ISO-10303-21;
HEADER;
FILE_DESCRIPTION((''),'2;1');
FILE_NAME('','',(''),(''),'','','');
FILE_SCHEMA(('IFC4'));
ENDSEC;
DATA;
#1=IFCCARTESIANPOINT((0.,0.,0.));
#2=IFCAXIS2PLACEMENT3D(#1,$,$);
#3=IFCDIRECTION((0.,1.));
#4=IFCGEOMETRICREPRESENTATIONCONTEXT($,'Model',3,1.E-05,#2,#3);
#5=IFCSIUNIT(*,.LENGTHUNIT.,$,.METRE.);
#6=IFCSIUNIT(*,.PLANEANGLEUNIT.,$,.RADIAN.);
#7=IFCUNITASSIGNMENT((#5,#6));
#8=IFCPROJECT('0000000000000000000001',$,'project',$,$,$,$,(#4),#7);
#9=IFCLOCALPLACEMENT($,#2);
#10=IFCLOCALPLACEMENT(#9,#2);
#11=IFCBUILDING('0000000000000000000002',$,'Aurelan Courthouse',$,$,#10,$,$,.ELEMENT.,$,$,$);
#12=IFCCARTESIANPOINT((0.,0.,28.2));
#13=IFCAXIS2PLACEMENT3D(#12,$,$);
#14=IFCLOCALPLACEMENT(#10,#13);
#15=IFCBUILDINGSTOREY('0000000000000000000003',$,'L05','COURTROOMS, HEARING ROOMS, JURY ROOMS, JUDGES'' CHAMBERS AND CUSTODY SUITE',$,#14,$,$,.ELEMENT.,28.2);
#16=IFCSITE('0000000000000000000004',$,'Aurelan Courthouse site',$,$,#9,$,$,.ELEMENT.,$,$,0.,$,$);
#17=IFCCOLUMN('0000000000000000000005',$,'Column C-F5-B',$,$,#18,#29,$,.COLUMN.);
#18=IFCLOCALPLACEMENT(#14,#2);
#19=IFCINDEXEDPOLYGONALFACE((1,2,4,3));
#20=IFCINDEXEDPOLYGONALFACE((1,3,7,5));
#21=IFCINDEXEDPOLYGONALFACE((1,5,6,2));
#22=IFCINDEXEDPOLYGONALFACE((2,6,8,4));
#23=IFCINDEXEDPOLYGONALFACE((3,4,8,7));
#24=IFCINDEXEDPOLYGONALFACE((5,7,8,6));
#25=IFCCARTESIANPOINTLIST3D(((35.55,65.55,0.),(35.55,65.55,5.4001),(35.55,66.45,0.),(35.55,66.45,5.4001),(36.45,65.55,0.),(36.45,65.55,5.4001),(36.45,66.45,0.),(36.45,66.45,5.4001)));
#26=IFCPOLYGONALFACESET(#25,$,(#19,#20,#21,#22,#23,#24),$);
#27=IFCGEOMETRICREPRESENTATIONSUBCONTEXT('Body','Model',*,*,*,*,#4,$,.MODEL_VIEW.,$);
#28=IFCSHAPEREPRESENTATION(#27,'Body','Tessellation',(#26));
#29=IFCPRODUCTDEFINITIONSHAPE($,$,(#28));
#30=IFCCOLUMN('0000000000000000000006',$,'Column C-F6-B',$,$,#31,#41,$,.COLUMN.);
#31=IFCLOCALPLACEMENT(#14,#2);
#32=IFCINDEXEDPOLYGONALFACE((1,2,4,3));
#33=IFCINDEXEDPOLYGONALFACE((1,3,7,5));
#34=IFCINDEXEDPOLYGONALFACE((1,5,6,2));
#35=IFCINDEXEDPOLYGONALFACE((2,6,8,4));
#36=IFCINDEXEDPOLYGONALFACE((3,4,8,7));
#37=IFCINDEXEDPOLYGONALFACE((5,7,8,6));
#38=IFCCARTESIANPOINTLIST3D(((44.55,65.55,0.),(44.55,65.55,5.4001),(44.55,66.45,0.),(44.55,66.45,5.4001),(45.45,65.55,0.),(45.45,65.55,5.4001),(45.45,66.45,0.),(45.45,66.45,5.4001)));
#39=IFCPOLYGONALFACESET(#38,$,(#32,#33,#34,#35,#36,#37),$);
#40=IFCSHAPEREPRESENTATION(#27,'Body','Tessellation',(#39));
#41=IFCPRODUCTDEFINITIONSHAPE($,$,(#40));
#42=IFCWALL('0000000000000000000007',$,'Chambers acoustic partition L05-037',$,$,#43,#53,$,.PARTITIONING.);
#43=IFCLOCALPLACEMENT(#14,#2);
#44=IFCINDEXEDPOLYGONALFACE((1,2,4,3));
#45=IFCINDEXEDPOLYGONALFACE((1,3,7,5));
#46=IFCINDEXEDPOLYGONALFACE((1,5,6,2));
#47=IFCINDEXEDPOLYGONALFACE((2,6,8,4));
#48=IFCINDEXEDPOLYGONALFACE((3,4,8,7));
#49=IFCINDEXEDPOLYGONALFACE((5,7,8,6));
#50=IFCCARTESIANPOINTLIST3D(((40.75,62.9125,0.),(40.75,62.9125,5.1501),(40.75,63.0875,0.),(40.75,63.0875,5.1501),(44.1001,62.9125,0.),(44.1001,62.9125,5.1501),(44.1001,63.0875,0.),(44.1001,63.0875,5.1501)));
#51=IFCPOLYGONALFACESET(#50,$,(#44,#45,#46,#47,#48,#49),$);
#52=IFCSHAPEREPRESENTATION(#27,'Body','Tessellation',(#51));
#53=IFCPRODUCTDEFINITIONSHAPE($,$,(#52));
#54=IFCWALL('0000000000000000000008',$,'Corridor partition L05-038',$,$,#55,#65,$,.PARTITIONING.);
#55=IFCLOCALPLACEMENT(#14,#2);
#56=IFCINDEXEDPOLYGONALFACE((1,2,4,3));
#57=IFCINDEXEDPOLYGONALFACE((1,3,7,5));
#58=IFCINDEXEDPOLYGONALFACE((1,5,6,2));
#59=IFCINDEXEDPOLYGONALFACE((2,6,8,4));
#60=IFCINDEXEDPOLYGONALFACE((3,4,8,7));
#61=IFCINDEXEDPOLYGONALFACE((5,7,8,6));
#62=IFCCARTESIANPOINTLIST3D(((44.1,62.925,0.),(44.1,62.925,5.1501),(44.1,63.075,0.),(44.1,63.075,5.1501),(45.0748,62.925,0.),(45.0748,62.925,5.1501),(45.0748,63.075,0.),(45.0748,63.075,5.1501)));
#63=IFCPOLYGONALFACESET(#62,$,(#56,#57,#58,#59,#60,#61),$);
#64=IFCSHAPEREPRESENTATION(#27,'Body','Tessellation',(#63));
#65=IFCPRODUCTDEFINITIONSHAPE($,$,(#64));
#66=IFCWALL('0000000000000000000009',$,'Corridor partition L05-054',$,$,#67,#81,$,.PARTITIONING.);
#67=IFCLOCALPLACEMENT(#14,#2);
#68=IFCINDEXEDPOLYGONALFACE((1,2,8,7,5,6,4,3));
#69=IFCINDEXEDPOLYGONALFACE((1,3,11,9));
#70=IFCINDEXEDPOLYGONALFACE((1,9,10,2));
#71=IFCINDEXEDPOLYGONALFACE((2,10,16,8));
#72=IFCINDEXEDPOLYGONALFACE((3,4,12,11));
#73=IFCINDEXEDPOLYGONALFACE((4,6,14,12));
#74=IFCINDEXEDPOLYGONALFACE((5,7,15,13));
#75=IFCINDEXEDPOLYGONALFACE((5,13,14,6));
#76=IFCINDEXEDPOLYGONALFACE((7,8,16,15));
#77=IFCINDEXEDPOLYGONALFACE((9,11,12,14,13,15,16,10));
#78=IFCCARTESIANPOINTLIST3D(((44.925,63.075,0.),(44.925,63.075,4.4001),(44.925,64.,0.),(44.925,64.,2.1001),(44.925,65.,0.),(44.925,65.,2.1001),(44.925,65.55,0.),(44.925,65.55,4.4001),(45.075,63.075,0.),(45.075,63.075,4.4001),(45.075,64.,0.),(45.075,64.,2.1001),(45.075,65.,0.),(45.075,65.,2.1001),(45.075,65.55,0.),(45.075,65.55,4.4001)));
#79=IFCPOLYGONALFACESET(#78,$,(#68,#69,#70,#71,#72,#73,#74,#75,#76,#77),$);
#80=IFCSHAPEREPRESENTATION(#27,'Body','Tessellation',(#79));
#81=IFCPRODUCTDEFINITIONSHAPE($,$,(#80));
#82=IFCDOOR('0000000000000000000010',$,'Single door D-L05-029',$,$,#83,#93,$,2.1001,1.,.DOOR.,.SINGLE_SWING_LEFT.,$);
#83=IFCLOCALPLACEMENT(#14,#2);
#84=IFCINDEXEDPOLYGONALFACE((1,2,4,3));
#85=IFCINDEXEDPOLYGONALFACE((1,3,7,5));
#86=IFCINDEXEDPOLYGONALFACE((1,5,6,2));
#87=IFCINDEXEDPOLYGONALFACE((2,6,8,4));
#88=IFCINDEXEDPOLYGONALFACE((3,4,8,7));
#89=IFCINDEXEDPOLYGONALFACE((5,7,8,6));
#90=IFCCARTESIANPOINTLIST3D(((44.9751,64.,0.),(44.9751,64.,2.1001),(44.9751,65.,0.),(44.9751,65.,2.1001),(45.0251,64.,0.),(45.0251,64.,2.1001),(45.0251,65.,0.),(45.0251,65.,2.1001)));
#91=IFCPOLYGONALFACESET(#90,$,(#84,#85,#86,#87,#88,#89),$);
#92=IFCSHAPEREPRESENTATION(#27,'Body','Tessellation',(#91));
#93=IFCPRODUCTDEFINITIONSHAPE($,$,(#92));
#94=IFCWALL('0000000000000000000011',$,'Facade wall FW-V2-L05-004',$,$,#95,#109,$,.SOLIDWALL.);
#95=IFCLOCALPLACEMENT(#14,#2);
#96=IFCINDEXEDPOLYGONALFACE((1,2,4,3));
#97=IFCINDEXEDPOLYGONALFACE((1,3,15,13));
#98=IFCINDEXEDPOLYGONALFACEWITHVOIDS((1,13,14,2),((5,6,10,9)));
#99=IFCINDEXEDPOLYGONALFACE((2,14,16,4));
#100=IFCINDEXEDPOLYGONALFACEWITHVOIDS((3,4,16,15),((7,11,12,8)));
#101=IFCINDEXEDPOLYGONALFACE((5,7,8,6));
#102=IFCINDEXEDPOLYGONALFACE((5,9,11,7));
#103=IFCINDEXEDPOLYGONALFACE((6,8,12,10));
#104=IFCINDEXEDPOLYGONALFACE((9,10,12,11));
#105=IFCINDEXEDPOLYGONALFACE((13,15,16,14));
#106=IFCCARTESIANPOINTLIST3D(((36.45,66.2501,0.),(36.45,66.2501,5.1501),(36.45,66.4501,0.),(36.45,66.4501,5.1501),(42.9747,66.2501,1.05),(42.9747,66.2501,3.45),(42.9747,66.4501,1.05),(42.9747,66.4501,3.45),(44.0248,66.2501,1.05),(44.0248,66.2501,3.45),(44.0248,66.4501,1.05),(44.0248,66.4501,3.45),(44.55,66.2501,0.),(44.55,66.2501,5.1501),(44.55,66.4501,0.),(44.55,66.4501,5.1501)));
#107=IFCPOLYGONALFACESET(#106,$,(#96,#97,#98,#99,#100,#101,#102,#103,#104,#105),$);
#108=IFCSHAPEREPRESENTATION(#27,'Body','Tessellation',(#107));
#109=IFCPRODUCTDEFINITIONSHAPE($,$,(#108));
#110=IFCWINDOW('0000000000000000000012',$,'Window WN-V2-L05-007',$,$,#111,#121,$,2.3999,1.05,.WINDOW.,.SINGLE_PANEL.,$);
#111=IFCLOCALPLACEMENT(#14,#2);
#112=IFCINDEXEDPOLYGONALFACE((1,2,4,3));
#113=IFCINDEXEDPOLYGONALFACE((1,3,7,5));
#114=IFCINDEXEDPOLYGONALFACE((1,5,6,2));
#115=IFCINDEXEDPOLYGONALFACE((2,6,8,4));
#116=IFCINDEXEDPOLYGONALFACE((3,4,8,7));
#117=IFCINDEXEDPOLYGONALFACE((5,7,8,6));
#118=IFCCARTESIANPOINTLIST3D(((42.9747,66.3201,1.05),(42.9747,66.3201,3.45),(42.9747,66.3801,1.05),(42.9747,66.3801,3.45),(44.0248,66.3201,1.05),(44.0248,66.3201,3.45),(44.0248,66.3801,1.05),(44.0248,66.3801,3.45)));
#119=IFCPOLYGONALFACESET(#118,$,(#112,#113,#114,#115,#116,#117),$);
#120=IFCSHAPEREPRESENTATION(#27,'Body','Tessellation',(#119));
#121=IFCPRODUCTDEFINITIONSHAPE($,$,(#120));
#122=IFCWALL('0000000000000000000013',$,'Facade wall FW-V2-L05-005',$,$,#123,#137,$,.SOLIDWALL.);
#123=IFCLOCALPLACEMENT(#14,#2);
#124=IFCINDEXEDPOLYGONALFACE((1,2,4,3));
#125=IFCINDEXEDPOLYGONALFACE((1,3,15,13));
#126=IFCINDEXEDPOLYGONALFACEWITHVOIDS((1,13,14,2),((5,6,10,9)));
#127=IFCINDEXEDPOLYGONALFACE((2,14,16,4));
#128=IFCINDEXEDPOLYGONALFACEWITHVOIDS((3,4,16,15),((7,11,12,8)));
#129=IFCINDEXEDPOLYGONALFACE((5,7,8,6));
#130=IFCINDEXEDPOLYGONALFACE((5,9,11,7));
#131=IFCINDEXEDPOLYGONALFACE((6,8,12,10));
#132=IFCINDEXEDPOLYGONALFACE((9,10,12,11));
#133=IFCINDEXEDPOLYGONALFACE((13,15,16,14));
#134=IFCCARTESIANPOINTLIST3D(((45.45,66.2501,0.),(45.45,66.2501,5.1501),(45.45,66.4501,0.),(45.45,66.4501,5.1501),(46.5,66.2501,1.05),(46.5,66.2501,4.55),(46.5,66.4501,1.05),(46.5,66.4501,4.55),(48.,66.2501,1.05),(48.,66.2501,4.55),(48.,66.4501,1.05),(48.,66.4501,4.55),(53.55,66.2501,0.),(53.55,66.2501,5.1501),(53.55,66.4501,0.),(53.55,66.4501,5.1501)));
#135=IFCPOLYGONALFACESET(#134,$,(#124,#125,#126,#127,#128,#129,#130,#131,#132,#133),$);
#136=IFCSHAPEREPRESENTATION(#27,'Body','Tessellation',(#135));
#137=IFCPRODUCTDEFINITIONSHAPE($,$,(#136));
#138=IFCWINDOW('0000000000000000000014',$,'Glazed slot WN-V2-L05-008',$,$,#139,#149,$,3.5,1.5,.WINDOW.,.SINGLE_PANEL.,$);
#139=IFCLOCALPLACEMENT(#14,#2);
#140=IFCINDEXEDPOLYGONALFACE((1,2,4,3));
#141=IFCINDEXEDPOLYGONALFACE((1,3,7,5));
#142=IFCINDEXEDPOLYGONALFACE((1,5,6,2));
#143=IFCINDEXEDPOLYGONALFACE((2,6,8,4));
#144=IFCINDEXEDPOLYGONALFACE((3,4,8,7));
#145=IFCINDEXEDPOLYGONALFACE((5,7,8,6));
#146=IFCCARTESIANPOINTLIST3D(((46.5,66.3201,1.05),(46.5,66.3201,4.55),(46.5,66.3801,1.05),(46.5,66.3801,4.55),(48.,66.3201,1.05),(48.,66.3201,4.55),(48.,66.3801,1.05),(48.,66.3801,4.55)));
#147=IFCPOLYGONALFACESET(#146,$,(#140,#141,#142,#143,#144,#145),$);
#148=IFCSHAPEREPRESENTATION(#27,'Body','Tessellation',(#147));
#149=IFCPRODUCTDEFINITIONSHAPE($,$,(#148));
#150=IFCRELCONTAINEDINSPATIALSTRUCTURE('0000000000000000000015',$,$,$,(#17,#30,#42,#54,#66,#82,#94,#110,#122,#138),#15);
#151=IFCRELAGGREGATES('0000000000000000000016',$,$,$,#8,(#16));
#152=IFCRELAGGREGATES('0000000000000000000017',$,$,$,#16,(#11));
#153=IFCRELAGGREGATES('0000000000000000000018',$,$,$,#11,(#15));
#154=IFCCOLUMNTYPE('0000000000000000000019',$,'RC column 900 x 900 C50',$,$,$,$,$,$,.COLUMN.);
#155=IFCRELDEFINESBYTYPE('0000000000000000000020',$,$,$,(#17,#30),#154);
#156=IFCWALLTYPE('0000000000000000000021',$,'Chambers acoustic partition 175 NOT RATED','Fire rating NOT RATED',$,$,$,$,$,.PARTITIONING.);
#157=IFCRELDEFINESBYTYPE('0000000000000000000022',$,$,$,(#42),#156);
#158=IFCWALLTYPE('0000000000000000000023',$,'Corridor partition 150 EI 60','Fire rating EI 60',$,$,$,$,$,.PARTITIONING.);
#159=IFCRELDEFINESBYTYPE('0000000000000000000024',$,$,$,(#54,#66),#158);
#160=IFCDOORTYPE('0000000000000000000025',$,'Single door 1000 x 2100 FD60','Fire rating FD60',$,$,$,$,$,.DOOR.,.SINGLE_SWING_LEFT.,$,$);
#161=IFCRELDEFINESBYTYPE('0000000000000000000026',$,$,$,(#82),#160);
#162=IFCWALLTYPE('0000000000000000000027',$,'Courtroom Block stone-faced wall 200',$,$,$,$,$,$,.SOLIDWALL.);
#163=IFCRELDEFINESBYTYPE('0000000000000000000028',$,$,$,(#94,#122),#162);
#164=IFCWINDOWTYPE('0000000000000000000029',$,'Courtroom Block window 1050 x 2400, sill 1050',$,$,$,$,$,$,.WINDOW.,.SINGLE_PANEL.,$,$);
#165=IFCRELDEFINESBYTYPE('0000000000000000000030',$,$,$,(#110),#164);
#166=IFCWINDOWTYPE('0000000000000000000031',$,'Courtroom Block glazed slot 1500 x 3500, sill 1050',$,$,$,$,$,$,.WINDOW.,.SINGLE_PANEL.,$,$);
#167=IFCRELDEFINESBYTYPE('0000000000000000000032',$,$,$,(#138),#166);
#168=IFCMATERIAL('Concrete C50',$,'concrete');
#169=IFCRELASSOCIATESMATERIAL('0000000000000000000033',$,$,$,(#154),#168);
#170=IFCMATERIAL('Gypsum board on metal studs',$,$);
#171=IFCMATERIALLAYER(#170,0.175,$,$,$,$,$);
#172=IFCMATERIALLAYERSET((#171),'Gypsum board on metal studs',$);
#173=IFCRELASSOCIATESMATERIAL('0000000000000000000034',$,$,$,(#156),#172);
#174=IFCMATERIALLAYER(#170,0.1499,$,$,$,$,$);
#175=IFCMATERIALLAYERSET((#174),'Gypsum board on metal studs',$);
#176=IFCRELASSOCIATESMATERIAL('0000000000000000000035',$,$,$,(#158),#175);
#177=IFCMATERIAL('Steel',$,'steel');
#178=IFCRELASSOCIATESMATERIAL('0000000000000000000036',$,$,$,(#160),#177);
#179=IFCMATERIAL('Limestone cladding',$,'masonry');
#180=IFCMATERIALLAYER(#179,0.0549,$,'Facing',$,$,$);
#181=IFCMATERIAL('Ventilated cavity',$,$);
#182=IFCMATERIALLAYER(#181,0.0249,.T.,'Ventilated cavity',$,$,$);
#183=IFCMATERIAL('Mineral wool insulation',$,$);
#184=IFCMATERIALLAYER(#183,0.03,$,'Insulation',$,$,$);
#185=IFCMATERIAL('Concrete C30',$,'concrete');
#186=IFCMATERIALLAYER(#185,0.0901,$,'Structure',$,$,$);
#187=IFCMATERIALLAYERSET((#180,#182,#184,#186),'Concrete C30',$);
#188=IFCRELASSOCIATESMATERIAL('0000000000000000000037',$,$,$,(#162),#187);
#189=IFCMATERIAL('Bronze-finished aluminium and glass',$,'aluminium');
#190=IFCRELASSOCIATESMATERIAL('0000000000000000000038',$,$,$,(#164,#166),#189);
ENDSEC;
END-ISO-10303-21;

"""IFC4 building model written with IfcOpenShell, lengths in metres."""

from ifc_helpers import new_model, si_unit, direction, frame, frame_2d, origin, origin_2d, place, context, subcontext, project, spatial, rectangle, extrude, material, layer, layer_set, material_profile, profile_set, type_object, element, fill, save


model = new_model("IFC4")

# Units and contexts
model_context = context("Model", 3, precision=1e-05, world=origin(), true_north=direction((0.0, 1.0)))
body_context = subcontext(model_context, "Body", "Model", "MODEL_VIEW")
ifc_project = project(units=[si_unit("LENGTHUNIT", "METRE"), si_unit("PLANEANGLEUNIT", "RADIAN")], contexts=[model_context])

# Site, building, storey
site_placement = place(None, origin())
site = spatial("IfcSite", under=ifc_project, at=site_placement, Name="Aurelan Courthouse site", CompositionType="ELEMENT", RefElevation=0.0)
building_placement = place(site_placement, origin())
building = spatial("IfcBuilding", under=site, at=building_placement, Name="Aurelan Courthouse", CompositionType="ELEMENT")
storey_placement = place(building_placement, frame((0.0, 0.0, 28.2)))
storey = spatial("IfcBuildingStorey", under=building, at=storey_placement, Name="L05", Description="COURTROOMS, HEARING ROOMS, JURY ROOMS, JUDGES' CHAMBERS AND CUSTODY SUITE", CompositionType="ELEMENT", Elevation=28.2)

# Columns
ifc_material_1 = material(Name="Concrete C50", Category="concrete")
ifc_material_profile = material_profile(ifc_material_1, rectangle(XDim=0.8999, YDim=0.8999, at=origin_2d()), Name="RC 900 x 900")
ifc_profile_set = profile_set([ifc_material_profile], Name="Concrete C50")
column_type = type_object("IfcColumnType", Name="RC column 900 x 900 C50", PredefinedType="COLUMN", material=ifc_profile_set)
for number, where, z_axis, x_axis, name in (
    (1, (36.0, 66.0, 0.0), (0.0, 0.0, 1.0), (1.0, 0.0, 0.0), "Column C-F5-B"),
    (2, (45.0, 66.0, 0.0), (0.0, 0.0, 1.0), (1.0, 0.0, 0.0), "Column C-F6-B"),
):
    element("IfcColumn", number, at=place(storey_placement, frame(where, z_axis=z_axis, x_axis=x_axis)), inside=storey, type_object=column_type, Name=name, PredefinedType="COLUMN", context=body_context, shape_type="SweptSolid", body=[
        extrude(rectangle(XDim=0.8999, YDim=0.8999, at=origin_2d()), origin(), (0.0, 0.0, 1.0), 5.4001),
    ])

# Walls
ifc_material_2 = material(Name="Gypsum board on metal studs")
ifc_layer_1 = layer(ifc_material_2, 0.175)
ifc_layer_set_1 = layer_set([ifc_layer_1], Name="Gypsum board on metal studs")
wall_type_1 = type_object("IfcWallType", Name="Chambers acoustic partition 175 NOT RATED", Description="Fire rating NOT RATED", PredefinedType="PARTITIONING", material=ifc_layer_set_1)
wall_1_placement = place(storey_placement, frame((40.75, 63.0, 0.0), z_axis=(0.0, 0.0, 1.0), x_axis=(1.0, 0.0, 0.0)))
element("IfcWall", 3, at=wall_1_placement, inside=storey, type_object=wall_type_1, Name="Chambers acoustic partition L05-037", PredefinedType="PARTITIONING", context=body_context, shape_type="SweptSolid", body=[
    extrude(rectangle(XDim=3.3501, YDim=0.175, at=frame_2d((1.675, 0.0))), origin(), (0.0, 0.0, 1.0), 5.1501),
])
ifc_layer_2 = layer(ifc_material_2, 0.1499)
ifc_layer_set_2 = layer_set([ifc_layer_2], Name="Gypsum board on metal studs")
wall_type_2 = type_object("IfcWallType", Name="Corridor partition 150 EI 60", Description="Fire rating EI 60", PredefinedType="PARTITIONING", material=ifc_layer_set_2)
wall_2_placement = place(storey_placement, frame((44.1001, 63.0, 0.0), z_axis=(0.0, 0.0, 1.0), x_axis=(1.0, 0.0, 0.0)))
element("IfcWall", 4, at=wall_2_placement, inside=storey, type_object=wall_type_2, Name="Corridor partition L05-038", PredefinedType="PARTITIONING", context=body_context, shape_type="SweptSolid", body=[
    extrude(rectangle(XDim=0.9749, YDim=0.1499, at=frame_2d((0.4873, 0.0))), origin(), (0.0, 0.0, 1.0), 5.1501),
])

# Wall, opening, door
wall_3_placement = place(storey_placement, frame((45.0, 63.075, 0.0), z_axis=(0.0, 0.0, 1.0), x_axis=(0.0, 1.0, 0.0)))
wall_3 = element("IfcWall", 5, at=wall_3_placement, inside=storey, type_object=wall_type_2, Name="Corridor partition L05-054", PredefinedType="PARTITIONING", context=body_context, shape_type="SweptSolid", body=[
    extrude(rectangle(XDim=2.4751, YDim=0.1499, at=frame_2d((1.2375, 0.0))), origin(), (0.0, 0.0, 1.0), 4.4001),
])
opening_1_placement = place(wall_3_placement, frame((0.925, 0.0, 0.0)))
opening_1 = element("IfcOpeningElement", 6, at=opening_1_placement, cuts=wall_3, PredefinedType="OPENING", context=body_context, shape_type="SweptSolid", body=[
    extrude(rectangle(XDim=1.0, YDim=2.1001, at=frame_2d((0.5, 1.05))), frame((0.0, 0.085, 0.0), z_axis=(0.0, -1.0, 0.0), x_axis=(1.0, 0.0, 0.0)), (0.0, 0.0, 1.0), 0.1699),
])
ifc_material_3 = material(Name="Steel", Category="steel")
door_type_1 = type_object("IfcDoorType", Name="Single door 1000 x 2100 FD60", Description="Fire rating FD60", OperationType="SINGLE_SWING_LEFT", PredefinedType="DOOR", material=ifc_material_3)
door_1_placement = place(opening_1_placement, origin())
door_1 = element("IfcDoor", 7, at=door_1_placement, inside=storey, type_object=door_type_1, Name="Single door D-L05-029", OperationType="SINGLE_SWING_LEFT", OverallHeight=2.1001, OverallWidth=1.0, PredefinedType="DOOR", context=body_context, shape_type="SweptSolid", body=[
    extrude(rectangle(XDim=1.0, YDim=2.1001, at=frame_2d((0.5, 1.05))), frame((0.0, 0.0249, 0.0), z_axis=(0.0, -1.0, 0.0), x_axis=(1.0, 0.0, 0.0)), (0.0, 0.0, 1.0), 0.05),
])
fill(opening_1, door_1)

# Walls, openings, windows
ifc_material_4 = material(Name="Limestone cladding", Category="masonry")
ifc_layer_3 = layer(ifc_material_4, 0.0549, Name="Facing")
ifc_material_5 = material(Name="Ventilated cavity")
ifc_layer_4 = layer(ifc_material_5, 0.0249, ventilated=True, Name="Ventilated cavity")
ifc_material_6 = material(Name="Mineral wool insulation")
ifc_layer_5 = layer(ifc_material_6, 0.03, Name="Insulation")
ifc_material_7 = material(Name="Concrete C30", Category="concrete")
ifc_layer_6 = layer(ifc_material_7, 0.0901, Name="Structure")
ifc_layer_set_3 = layer_set([ifc_layer_3, ifc_layer_4, ifc_layer_5, ifc_layer_6], Name="Concrete C30")
wall_type_3 = type_object("IfcWallType", Name="Courtroom Block stone-faced wall 200", PredefinedType="SOLIDWALL", material=ifc_layer_set_3)
wall_4_placement = place(storey_placement, frame((36.45, 66.3501, 0.0), z_axis=(0.0, 0.0, 1.0), x_axis=(1.0, 0.0, 0.0)))
wall_4 = element("IfcWall", 8, at=wall_4_placement, inside=storey, type_object=wall_type_3, Name="Facade wall FW-V2-L05-004", PredefinedType="SOLIDWALL", context=body_context, shape_type="SweptSolid", body=[
    extrude(rectangle(XDim=8.1001, YDim=0.2, at=frame_2d((4.05, 0.0))), origin(), (0.0, 0.0, 1.0), 5.1501),
])
opening_2_placement = place(wall_4_placement, frame((6.5249, 0.0, 1.05)))
opening_2 = element("IfcOpeningElement", 9, at=opening_2_placement, cuts=wall_4, PredefinedType="OPENING", context=body_context, shape_type="SweptSolid", body=[
    extrude(rectangle(XDim=1.05, YDim=2.3999, at=frame_2d((0.5249, 1.2))), frame((0.0, 0.1099, 0.0), z_axis=(0.0, -1.0, 0.0), x_axis=(1.0, 0.0, 0.0)), (0.0, 0.0, 1.0), 0.22),
])
ifc_material_8 = material(Name="Bronze-finished aluminium and glass", Category="aluminium")
window_type_1 = type_object("IfcWindowType", Name="Courtroom Block window 1050 x 2400, sill 1050", PartitioningType="SINGLE_PANEL", PredefinedType="WINDOW", material=ifc_material_8)
window_1_placement = place(opening_2_placement, origin())
window_1 = element("IfcWindow", 10, at=window_1_placement, inside=storey, type_object=window_type_1, Name="Window WN-V2-L05-007", OverallHeight=2.3999, OverallWidth=1.05, PartitioningType="SINGLE_PANEL", PredefinedType="WINDOW", context=body_context, shape_type="SweptSolid", body=[
    extrude(rectangle(XDim=1.05, YDim=2.3999, at=frame_2d((0.5249, 1.2))), frame((0.0, 0.03, 0.0), z_axis=(0.0, -1.0, 0.0), x_axis=(1.0, 0.0, 0.0)), (0.0, 0.0, 1.0), 0.0601),
])
fill(opening_2, window_1)
wall_5_placement = place(storey_placement, frame((45.45, 66.3501, 0.0), z_axis=(0.0, 0.0, 1.0), x_axis=(1.0, 0.0, 0.0)))
wall_5 = element("IfcWall", 11, at=wall_5_placement, inside=storey, type_object=wall_type_3, Name="Facade wall FW-V2-L05-005", PredefinedType="SOLIDWALL", context=body_context, shape_type="SweptSolid", body=[
    extrude(rectangle(XDim=8.1001, YDim=0.2, at=frame_2d((4.05, 0.0))), origin(), (0.0, 0.0, 1.0), 5.1501),
])
opening_3_placement = place(wall_5_placement, frame((1.05, 0.0, 1.05)))
opening_3 = element("IfcOpeningElement", 12, at=opening_3_placement, cuts=wall_5, PredefinedType="OPENING", context=body_context, shape_type="SweptSolid", body=[
    extrude(rectangle(XDim=1.5, YDim=3.5, at=frame_2d((0.75, 1.75))), frame((0.0, 0.1099, 0.0), z_axis=(0.0, -1.0, 0.0), x_axis=(1.0, 0.0, 0.0)), (0.0, 0.0, 1.0), 0.22),
])
window_type_2 = type_object("IfcWindowType", Name="Courtroom Block glazed slot 1500 x 3500, sill 1050", PartitioningType="SINGLE_PANEL", PredefinedType="WINDOW", material=ifc_material_8)
window_2_placement = place(opening_3_placement, origin())
window_2 = element("IfcWindow", 13, at=window_2_placement, inside=storey, type_object=window_type_2, Name="Glazed slot WN-V2-L05-008", OverallHeight=3.5, OverallWidth=1.5, PartitioningType="SINGLE_PANEL", PredefinedType="WINDOW", context=body_context, shape_type="SweptSolid", body=[
    extrude(rectangle(XDim=1.5, YDim=3.5, at=frame_2d((0.75, 1.75))), frame((0.0, 0.03, 0.0), z_axis=(0.0, -1.0, 0.0), x_axis=(1.0, 0.0, 0.0)), (0.0, 0.0, 1.0), 0.0601),
])
fill(opening_3, window_2)

save(model, "model.ifc")
